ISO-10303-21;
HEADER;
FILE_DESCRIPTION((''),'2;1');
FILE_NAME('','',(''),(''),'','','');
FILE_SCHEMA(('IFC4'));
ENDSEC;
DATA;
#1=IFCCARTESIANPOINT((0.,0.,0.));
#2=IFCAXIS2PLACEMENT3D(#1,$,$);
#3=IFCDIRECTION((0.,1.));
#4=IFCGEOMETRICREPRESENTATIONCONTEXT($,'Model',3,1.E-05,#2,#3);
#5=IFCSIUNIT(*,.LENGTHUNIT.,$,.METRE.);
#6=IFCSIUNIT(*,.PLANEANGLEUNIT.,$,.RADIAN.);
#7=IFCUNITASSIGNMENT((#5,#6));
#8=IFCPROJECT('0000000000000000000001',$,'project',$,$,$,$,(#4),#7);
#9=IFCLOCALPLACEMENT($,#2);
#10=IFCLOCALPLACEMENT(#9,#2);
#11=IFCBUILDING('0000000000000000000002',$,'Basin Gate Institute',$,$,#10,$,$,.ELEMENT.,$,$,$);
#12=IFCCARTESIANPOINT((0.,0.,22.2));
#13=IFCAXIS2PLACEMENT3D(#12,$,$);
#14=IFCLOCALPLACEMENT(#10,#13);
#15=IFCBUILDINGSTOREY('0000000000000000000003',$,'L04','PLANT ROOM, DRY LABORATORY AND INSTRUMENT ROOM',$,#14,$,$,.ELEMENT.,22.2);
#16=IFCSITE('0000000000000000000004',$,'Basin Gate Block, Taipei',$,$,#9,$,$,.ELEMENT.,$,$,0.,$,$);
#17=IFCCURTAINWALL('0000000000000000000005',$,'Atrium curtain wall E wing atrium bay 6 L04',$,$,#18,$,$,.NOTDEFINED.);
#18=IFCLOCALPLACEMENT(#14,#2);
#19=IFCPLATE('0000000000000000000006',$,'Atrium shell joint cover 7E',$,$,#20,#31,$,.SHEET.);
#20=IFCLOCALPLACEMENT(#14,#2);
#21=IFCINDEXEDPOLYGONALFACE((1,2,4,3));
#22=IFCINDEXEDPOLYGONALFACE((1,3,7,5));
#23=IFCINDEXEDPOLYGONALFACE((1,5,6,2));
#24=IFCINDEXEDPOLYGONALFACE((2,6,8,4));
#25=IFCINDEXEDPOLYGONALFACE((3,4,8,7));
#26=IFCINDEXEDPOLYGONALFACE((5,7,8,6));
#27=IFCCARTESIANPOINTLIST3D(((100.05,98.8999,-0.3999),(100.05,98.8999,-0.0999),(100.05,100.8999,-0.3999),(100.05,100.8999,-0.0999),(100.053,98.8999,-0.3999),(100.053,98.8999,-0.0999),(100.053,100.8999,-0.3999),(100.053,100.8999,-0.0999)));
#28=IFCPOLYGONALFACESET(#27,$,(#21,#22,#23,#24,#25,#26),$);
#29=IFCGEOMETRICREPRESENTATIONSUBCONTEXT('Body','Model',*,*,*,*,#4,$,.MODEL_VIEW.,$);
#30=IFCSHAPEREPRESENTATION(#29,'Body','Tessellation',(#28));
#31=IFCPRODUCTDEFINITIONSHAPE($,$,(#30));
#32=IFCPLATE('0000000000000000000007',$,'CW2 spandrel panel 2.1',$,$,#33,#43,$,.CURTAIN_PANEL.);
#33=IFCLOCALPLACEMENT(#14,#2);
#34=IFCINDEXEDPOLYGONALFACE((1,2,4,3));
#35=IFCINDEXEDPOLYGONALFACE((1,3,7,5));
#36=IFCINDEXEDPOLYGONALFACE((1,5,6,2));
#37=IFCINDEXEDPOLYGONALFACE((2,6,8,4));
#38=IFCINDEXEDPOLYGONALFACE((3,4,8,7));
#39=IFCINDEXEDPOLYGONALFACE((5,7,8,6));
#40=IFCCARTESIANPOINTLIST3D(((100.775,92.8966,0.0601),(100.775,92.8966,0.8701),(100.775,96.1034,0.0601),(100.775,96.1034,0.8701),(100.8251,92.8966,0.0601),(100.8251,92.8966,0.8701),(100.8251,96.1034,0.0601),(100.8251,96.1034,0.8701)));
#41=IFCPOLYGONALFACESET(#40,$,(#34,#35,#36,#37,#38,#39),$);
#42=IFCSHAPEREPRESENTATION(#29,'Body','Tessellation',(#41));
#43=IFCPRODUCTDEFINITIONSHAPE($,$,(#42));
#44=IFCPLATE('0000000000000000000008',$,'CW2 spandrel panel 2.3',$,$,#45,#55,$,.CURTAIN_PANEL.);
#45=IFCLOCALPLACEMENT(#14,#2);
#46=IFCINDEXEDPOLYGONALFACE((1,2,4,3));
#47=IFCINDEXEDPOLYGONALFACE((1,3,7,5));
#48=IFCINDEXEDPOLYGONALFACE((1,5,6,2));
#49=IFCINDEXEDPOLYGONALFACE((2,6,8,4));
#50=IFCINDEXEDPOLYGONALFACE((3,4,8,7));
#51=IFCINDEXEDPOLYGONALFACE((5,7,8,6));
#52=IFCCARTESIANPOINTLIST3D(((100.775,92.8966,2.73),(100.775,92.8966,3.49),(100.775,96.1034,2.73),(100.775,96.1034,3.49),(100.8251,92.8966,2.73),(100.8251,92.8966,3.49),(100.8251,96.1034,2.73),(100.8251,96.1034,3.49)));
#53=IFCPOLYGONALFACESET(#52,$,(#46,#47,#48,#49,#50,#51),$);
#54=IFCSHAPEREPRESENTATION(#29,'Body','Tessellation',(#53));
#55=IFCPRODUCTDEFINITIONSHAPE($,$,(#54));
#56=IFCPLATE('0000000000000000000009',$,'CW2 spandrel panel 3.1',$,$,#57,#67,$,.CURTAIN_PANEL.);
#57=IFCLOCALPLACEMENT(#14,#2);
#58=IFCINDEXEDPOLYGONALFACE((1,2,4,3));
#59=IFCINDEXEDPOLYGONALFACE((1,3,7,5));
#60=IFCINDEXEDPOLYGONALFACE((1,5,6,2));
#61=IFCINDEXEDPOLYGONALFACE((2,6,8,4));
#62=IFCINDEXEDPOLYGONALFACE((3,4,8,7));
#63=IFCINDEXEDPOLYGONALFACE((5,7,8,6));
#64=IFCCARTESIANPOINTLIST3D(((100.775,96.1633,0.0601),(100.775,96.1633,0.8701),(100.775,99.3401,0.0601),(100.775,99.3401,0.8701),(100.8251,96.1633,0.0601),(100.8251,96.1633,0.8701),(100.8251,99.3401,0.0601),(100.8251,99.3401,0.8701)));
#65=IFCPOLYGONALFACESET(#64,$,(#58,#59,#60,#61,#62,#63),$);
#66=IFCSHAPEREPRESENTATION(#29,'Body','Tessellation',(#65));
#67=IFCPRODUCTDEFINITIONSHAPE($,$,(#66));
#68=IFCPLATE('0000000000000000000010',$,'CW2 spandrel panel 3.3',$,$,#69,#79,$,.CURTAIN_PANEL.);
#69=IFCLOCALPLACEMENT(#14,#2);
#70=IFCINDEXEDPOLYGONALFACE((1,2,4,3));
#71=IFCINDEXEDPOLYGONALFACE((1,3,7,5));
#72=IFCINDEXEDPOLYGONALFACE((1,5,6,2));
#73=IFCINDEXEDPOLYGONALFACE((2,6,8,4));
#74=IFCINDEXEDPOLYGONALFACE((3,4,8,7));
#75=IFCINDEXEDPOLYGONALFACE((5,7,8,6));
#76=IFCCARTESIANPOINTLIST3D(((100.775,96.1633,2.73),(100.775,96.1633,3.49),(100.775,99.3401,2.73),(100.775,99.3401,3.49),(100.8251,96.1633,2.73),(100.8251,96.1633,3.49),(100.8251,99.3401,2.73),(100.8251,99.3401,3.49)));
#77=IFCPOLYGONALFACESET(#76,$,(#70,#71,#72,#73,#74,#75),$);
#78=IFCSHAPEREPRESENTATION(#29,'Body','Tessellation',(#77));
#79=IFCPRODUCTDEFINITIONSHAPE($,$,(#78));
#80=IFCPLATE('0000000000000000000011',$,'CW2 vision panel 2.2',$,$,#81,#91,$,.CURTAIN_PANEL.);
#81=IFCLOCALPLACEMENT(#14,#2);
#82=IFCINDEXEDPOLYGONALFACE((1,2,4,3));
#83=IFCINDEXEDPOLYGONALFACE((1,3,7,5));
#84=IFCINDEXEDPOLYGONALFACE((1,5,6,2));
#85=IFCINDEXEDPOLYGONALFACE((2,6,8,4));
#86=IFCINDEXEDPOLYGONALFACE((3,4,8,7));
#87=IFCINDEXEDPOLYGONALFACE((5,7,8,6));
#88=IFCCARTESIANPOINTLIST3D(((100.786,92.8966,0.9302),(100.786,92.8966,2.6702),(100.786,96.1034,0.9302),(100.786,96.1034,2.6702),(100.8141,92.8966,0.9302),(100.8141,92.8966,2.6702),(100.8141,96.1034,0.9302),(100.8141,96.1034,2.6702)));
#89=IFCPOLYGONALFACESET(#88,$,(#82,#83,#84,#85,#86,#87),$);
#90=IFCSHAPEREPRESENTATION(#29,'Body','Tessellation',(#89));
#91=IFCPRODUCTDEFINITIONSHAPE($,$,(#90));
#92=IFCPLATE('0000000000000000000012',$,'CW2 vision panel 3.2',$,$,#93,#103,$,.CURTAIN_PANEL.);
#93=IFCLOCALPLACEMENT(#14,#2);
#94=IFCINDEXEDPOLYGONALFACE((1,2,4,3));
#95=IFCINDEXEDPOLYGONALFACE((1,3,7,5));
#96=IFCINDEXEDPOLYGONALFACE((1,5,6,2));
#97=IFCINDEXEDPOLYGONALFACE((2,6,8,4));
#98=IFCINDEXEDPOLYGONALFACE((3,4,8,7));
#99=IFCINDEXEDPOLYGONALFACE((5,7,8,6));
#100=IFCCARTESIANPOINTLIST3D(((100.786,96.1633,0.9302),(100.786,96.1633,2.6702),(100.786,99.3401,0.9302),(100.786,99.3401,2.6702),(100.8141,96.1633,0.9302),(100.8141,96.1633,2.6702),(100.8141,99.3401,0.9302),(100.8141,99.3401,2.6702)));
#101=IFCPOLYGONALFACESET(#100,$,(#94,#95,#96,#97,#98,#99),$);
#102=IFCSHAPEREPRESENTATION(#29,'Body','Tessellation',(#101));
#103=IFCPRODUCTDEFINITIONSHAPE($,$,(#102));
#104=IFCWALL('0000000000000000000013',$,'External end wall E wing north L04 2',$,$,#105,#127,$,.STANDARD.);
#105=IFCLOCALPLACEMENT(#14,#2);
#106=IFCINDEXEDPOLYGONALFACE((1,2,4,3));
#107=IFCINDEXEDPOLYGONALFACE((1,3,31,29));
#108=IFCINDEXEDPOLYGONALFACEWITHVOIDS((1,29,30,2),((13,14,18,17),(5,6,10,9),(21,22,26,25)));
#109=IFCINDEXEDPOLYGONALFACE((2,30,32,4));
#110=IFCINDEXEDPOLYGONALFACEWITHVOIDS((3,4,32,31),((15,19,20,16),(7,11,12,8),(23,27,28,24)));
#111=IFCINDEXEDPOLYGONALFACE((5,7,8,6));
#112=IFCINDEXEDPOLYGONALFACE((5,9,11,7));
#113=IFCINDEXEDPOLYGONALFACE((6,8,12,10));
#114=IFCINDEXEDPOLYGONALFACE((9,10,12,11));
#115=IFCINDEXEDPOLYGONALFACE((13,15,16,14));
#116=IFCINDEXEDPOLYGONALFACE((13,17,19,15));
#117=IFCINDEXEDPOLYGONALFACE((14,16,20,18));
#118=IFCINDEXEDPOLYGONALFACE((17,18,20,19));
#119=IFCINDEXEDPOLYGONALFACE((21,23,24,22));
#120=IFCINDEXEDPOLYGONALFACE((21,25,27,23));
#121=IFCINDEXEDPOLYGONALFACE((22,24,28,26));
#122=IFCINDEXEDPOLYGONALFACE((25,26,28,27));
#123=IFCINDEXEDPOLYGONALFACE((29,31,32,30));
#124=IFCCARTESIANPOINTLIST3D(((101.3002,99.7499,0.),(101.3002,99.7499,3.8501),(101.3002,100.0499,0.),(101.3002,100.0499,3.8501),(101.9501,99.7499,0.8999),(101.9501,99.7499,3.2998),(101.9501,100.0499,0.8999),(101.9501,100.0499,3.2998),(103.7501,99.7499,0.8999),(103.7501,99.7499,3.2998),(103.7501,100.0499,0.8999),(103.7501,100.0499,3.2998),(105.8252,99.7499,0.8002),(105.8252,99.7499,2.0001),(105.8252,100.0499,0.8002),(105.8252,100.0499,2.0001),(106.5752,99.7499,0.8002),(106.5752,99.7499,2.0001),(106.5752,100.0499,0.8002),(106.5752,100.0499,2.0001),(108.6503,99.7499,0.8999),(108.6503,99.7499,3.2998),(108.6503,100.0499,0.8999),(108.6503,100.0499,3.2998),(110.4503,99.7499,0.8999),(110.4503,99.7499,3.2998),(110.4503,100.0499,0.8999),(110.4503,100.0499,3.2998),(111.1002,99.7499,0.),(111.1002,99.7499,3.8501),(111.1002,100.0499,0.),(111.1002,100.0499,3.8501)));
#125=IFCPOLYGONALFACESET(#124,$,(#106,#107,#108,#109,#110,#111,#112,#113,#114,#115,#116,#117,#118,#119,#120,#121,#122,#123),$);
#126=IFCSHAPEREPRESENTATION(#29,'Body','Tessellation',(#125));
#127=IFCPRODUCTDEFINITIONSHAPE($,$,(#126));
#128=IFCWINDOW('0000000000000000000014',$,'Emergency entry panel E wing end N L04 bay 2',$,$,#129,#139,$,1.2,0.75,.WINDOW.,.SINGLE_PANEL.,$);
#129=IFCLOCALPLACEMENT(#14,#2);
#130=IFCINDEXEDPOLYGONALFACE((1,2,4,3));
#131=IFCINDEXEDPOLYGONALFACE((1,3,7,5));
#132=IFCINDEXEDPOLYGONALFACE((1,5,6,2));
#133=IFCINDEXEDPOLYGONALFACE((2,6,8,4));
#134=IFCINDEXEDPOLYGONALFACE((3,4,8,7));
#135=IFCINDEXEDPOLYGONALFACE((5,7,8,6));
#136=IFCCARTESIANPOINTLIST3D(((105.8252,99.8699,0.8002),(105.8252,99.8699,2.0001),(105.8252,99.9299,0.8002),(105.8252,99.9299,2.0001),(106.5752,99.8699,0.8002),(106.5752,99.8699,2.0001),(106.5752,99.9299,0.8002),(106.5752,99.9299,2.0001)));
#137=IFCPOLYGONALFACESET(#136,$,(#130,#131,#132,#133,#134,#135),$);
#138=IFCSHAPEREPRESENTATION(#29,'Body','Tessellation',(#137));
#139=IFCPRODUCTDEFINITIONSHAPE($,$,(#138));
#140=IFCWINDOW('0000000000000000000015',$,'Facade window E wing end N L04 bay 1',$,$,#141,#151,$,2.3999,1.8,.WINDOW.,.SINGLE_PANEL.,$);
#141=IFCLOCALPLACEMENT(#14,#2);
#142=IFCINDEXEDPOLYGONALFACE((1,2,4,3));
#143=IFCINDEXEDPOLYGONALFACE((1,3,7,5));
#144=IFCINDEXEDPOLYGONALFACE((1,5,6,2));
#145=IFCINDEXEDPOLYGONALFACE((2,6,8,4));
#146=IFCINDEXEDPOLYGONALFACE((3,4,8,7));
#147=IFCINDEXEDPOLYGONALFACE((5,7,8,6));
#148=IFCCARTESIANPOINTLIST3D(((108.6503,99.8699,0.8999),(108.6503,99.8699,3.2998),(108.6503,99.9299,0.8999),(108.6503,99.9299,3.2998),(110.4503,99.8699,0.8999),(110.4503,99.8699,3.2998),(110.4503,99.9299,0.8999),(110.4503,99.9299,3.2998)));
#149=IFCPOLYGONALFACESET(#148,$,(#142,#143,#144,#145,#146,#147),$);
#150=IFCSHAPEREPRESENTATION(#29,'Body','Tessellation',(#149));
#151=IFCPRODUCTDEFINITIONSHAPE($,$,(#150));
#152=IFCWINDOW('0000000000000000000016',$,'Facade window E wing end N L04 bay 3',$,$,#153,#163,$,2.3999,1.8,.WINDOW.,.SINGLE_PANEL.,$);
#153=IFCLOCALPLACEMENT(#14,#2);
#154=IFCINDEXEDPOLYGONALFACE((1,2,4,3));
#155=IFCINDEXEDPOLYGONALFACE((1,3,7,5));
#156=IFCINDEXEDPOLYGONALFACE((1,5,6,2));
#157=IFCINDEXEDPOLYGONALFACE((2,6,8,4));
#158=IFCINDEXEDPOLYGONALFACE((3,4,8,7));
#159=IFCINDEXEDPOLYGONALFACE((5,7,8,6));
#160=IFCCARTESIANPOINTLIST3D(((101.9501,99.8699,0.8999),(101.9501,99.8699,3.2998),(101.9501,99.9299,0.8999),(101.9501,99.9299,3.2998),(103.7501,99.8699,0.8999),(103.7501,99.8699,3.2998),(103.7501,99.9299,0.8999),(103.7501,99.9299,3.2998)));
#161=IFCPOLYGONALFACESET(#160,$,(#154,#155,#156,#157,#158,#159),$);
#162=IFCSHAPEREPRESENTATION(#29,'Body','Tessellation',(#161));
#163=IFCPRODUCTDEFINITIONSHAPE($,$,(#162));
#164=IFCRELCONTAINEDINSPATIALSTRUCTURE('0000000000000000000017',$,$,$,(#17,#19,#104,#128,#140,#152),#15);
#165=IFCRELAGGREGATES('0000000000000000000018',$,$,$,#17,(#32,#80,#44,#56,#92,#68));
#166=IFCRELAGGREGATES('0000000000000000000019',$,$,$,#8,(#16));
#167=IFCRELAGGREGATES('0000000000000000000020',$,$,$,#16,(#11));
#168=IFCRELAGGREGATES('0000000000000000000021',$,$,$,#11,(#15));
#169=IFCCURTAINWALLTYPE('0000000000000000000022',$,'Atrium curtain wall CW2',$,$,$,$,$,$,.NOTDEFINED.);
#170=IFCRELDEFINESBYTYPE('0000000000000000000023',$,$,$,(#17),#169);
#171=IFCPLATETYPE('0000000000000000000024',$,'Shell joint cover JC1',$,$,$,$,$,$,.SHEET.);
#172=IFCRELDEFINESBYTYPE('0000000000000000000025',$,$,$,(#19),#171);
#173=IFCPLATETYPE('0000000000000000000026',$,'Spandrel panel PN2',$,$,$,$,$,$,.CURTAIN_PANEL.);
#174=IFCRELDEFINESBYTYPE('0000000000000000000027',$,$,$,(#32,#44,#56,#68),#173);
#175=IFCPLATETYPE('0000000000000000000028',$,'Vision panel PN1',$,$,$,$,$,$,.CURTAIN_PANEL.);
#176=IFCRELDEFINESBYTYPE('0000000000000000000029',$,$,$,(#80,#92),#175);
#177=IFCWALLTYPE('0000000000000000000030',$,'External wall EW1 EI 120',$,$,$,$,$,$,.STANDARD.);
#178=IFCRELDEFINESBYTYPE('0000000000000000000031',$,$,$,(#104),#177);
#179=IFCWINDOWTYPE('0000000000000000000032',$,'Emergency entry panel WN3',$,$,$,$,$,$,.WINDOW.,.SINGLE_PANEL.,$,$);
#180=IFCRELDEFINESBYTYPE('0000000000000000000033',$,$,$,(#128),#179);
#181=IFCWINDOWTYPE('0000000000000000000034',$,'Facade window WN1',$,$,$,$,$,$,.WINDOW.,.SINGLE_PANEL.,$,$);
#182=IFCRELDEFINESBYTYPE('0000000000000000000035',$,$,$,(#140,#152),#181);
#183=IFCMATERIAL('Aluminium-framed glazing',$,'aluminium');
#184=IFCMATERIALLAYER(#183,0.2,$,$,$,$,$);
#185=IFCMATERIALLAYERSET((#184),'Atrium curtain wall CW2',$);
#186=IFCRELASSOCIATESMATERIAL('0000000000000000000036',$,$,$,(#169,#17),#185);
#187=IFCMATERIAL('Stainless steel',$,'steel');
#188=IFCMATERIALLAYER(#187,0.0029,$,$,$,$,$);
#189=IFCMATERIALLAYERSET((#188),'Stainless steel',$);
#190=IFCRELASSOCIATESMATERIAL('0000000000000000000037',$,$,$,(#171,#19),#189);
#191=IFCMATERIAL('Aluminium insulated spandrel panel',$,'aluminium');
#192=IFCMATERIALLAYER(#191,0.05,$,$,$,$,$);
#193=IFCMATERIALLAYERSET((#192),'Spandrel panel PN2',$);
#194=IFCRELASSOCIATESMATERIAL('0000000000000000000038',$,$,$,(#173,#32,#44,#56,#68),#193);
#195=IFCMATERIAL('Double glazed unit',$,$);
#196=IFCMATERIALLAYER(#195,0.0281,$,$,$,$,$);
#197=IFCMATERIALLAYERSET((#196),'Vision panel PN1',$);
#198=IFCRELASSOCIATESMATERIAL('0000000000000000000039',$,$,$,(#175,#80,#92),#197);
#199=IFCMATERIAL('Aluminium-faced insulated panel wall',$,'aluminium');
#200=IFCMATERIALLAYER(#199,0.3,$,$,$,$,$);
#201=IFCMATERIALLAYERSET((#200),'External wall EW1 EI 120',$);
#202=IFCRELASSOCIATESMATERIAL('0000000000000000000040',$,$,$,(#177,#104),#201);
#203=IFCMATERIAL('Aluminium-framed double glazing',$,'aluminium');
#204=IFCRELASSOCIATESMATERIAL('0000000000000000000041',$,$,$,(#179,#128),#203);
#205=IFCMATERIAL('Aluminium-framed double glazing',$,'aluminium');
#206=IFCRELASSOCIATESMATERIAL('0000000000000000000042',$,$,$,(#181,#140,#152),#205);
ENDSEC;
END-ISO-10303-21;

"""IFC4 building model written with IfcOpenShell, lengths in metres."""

from ifc_helpers import new_model, si_unit, direction, frame, frame_2d, origin, origin_2d, place, context, subcontext, project, spatial, rectangle, extrude, material, layer, layer_set, type_object, element, fill, aggregate, save


model = new_model("IFC4")

# Units and contexts
model_context = context("Model", 3, precision=1e-05, world=origin(), true_north=direction((0.0, 1.0)))
body_context = subcontext(model_context, "Body", "Model", "MODEL_VIEW")
ifc_project = project(units=[si_unit("LENGTHUNIT", "METRE"), si_unit("PLANEANGLEUNIT", "RADIAN")], contexts=[model_context])

# Site, building, storey
site_placement = place(None, origin())
site = spatial("IfcSite", under=ifc_project, at=site_placement, Name="Basin Gate Block, Taipei", CompositionType="ELEMENT", RefElevation=0.0)
building_placement = place(site_placement, origin())
building = spatial("IfcBuilding", under=site, at=building_placement, Name="Basin Gate Institute", CompositionType="ELEMENT")
storey_placement = place(building_placement, frame((0.0, 0.0, 22.2)))
storey = spatial("IfcBuildingStorey", under=building, at=storey_placement, Name="L04", Description="PLANT ROOM, DRY LABORATORY AND INSTRUMENT ROOM", CompositionType="ELEMENT", Elevation=22.2)

# Curtain wall
ifc_material_1 = material(Name="Aluminium-framed glazing", Category="aluminium")
ifc_layer_1 = layer(ifc_material_1, 0.2)
ifc_layer_set_1 = layer_set([ifc_layer_1], Name="Atrium curtain wall CW2")
curtain_wall_type = type_object("IfcCurtainWallType", Name="Atrium curtain wall CW2", PredefinedType="NOTDEFINED", material=ifc_layer_set_1)
curtain_wall_placement = place(storey_placement, origin())
curtain_wall = element("IfcCurtainWall", 1, at=curtain_wall_placement, inside=storey, type_object=curtain_wall_type, material=ifc_layer_set_1, Name="Atrium curtain wall E wing atrium bay 6 L04", PredefinedType="NOTDEFINED")

# Plates
ifc_material_2 = material(Name="Stainless steel", Category="steel")
ifc_layer_2 = layer(ifc_material_2, 0.0029)
ifc_layer_set_2 = layer_set([ifc_layer_2], Name="Stainless steel")
plate_type_1 = type_object("IfcPlateType", Name="Shell joint cover JC1", PredefinedType="SHEET", material=ifc_layer_set_2)
plate_1_placement = place(storey_placement, frame((100.0515, 99.8999, -0.3999), z_axis=(0.0, 0.0, 1.0), x_axis=(1.0, 0.0, 0.0)))
element("IfcPlate", 2, at=plate_1_placement, inside=storey, type_object=plate_type_1, material=ifc_layer_set_2, Name="Atrium shell joint cover 7E", PredefinedType="SHEET", context=body_context, shape_type="SweptSolid", body=[
    extrude(rectangle(XDim=0.0029, YDim=2.0, at=origin_2d()), origin(), (0.0, 0.0, 1.0), 0.3),
])
ifc_material_3 = material(Name="Aluminium insulated spandrel panel", Category="aluminium")
ifc_layer_3 = layer(ifc_material_3, 0.05)
ifc_layer_set_3 = layer_set([ifc_layer_3], Name="Spandrel panel PN2")
plate_type_2 = type_object("IfcPlateType", Name="Spandrel panel PN2", PredefinedType="CURTAIN_PANEL", material=ifc_layer_set_3)
plate_2_placement = place(storey_placement, frame((100.8, 94.5, 0.0601), z_axis=(0.0, 0.0, 1.0), x_axis=(0.0, 1.0, 0.0)))
plate_2 = element("IfcPlate", 3, at=plate_2_placement, type_object=plate_type_2, material=ifc_layer_set_3, Name="CW2 spandrel panel 2.1", PredefinedType="CURTAIN_PANEL", context=body_context, shape_type="SweptSolid", body=[
    extrude(rectangle(XDim=3.2068, YDim=0.05, at=origin_2d()), origin(), (0.0, 0.0, 1.0), 0.8101),
])
plate_3_placement = place(storey_placement, frame((100.8, 94.5, 2.73), z_axis=(0.0, 0.0, 1.0), x_axis=(0.0, 1.0, 0.0)))
plate_3 = element("IfcPlate", 4, at=plate_3_placement, type_object=plate_type_2, material=ifc_layer_set_3, Name="CW2 spandrel panel 2.3", PredefinedType="CURTAIN_PANEL", context=body_context, shape_type="SweptSolid", body=[
    extrude(rectangle(XDim=3.2068, YDim=0.05, at=origin_2d()), origin(), (0.0, 0.0, 1.0), 0.76),
])
plate_4_placement = place(storey_placement, frame((100.8, 97.7517, 0.0601), z_axis=(0.0, 0.0, 1.0), x_axis=(0.0, 1.0, 0.0)))
plate_4 = element("IfcPlate", 5, at=plate_4_placement, type_object=plate_type_2, material=ifc_layer_set_3, Name="CW2 spandrel panel 3.1", PredefinedType="CURTAIN_PANEL", context=body_context, shape_type="SweptSolid", body=[
    extrude(rectangle(XDim=3.1768, YDim=0.05, at=origin_2d()), origin(), (0.0, 0.0, 1.0), 0.8101),
])
plate_5_placement = place(storey_placement, frame((100.8, 97.7517, 2.73), z_axis=(0.0, 0.0, 1.0), x_axis=(0.0, 1.0, 0.0)))
plate_5 = element("IfcPlate", 6, at=plate_5_placement, type_object=plate_type_2, material=ifc_layer_set_3, Name="CW2 spandrel panel 3.3", PredefinedType="CURTAIN_PANEL", context=body_context, shape_type="SweptSolid", body=[
    extrude(rectangle(XDim=3.1768, YDim=0.05, at=origin_2d()), origin(), (0.0, 0.0, 1.0), 0.76),
])
ifc_material_4 = material(Name="Double glazed unit")
ifc_layer_4 = layer(ifc_material_4, 0.0281)
ifc_layer_set_4 = layer_set([ifc_layer_4], Name="Vision panel PN1")
plate_type_3 = type_object("IfcPlateType", Name="Vision panel PN1", PredefinedType="CURTAIN_PANEL", material=ifc_layer_set_4)
plate_6_placement = place(storey_placement, frame((100.8, 94.5, 0.9302), z_axis=(0.0, 0.0, 1.0), x_axis=(0.0, 1.0, 0.0)))
plate_6 = element("IfcPlate", 7, at=plate_6_placement, type_object=plate_type_3, material=ifc_layer_set_4, Name="CW2 vision panel 2.2", PredefinedType="CURTAIN_PANEL", context=body_context, shape_type="SweptSolid", body=[
    extrude(rectangle(XDim=3.2068, YDim=0.0281, at=origin_2d()), origin(), (0.0, 0.0, 1.0), 1.74),
])
plate_7_placement = place(storey_placement, frame((100.8, 97.7517, 0.9302), z_axis=(0.0, 0.0, 1.0), x_axis=(0.0, 1.0, 0.0)))
plate_7 = element("IfcPlate", 8, at=plate_7_placement, type_object=plate_type_3, material=ifc_layer_set_4, Name="CW2 vision panel 3.2", PredefinedType="CURTAIN_PANEL", context=body_context, shape_type="SweptSolid", body=[
    extrude(rectangle(XDim=3.1768, YDim=0.0281, at=origin_2d()), origin(), (0.0, 0.0, 1.0), 1.74),
])
aggregate(curtain_wall, [plate_2, plate_6, plate_3, plate_4, plate_7, plate_5])

# Wall, openings, windows
ifc_material_5 = material(Name="Aluminium-faced insulated panel wall", Category="aluminium")
ifc_layer_5 = layer(ifc_material_5, 0.3)
ifc_layer_set_5 = layer_set([ifc_layer_5], Name="External wall EW1 EI 120")
wall_type = type_object("IfcWallType", Name="External wall EW1 EI 120", PredefinedType="STANDARD", material=ifc_layer_set_5)
wall_placement = place(storey_placement, frame((111.1001, 99.8999, 0.0), z_axis=(0.0, 0.0, 1.0), x_axis=(-1.0, 0.0, 0.0)))
wall = element("IfcWall", 9, at=wall_placement, inside=storey, type_object=wall_type, material=ifc_layer_set_5, Name="External end wall E wing north L04 2", PredefinedType="STANDARD", context=body_context, shape_type="SweptSolid", body=[
    extrude(rectangle(XDim=9.8, YDim=0.3, at=frame_2d((4.8999, 0.0))), origin(), (0.0, 0.0, 1.0), 3.8501),
])
opening_1_placement = place(wall_placement, frame((0.6499, 0.0, 0.8999)))
opening_1 = element("IfcOpeningElement", 10, at=opening_1_placement, cuts=wall, PredefinedType="OPENING", context=body_context, shape_type="SweptSolid", body=[
    extrude(rectangle(XDim=1.8, YDim=2.3999, at=frame_2d((0.8999, 1.2))), frame((0.0, 0.1602, 0.0), z_axis=(0.0, -1.0, 0.0), x_axis=(1.0, 0.0, 0.0)), (0.0, 0.0, 1.0), 0.3201),
])
opening_2_placement = place(wall_placement, frame((4.5249, 0.0, 0.8)))
opening_2 = element("IfcOpeningElement", 11, at=opening_2_placement, cuts=wall, PredefinedType="OPENING", context=body_context, shape_type="SweptSolid", body=[
    extrude(rectangle(XDim=0.75, YDim=1.2, at=frame_2d((0.375, 0.6001))), frame((0.0, 0.1602, 0.0), z_axis=(0.0, -1.0, 0.0), x_axis=(1.0, 0.0, 0.0)), (0.0, 0.0, 1.0), 0.3201),
])
opening_3_placement = place(wall_placement, frame((7.3501, 0.0, 0.8999)))
opening_3 = element("IfcOpeningElement", 12, at=opening_3_placement, cuts=wall, PredefinedType="OPENING", context=body_context, shape_type="SweptSolid", body=[
    extrude(rectangle(XDim=1.8, YDim=2.3999, at=frame_2d((0.8999, 1.2))), frame((0.0, 0.1602, 0.0), z_axis=(0.0, -1.0, 0.0), x_axis=(1.0, 0.0, 0.0)), (0.0, 0.0, 1.0), 0.3201),
])
ifc_material_6 = material(Name="Aluminium-framed double glazing", Category="aluminium")
window_type_1 = type_object("IfcWindowType", Name="Emergency entry panel WN3", PartitioningType="SINGLE_PANEL", PredefinedType="WINDOW", material=ifc_material_6)
window_1_placement = place(opening_2_placement, origin())
window_1 = element("IfcWindow", 13, at=window_1_placement, inside=storey, type_object=window_type_1, material=ifc_material_6, Name="Emergency entry panel E wing end N L04 bay 2", OverallHeight=1.2, OverallWidth=0.75, PartitioningType="SINGLE_PANEL", PredefinedType="WINDOW", context=body_context, shape_type="SweptSolid", body=[
    extrude(rectangle(XDim=0.75, YDim=1.2, at=frame_2d((0.375, 0.6001))), frame((0.0, 0.03, 0.0), z_axis=(0.0, -1.0, 0.0), x_axis=(1.0, 0.0, 0.0)), (0.0, 0.0, 1.0), 0.0601),
])
fill(opening_2, window_1)
ifc_material_7 = material(Name="Aluminium-framed double glazing", Category="aluminium")
window_type_2 = type_object("IfcWindowType", Name="Facade window WN1", PartitioningType="SINGLE_PANEL", PredefinedType="WINDOW", material=ifc_material_7)
window_2_placement = place(opening_1_placement, origin())
window_2 = element("IfcWindow", 14, at=window_2_placement, inside=storey, type_object=window_type_2, material=ifc_material_7, Name="Facade window E wing end N L04 bay 1", OverallHeight=2.3999, OverallWidth=1.8, PartitioningType="SINGLE_PANEL", PredefinedType="WINDOW", context=body_context, shape_type="SweptSolid", body=[
    extrude(rectangle(XDim=1.8, YDim=2.3999, at=frame_2d((0.8999, 1.2))), frame((0.0, 0.03, 0.0), z_axis=(0.0, -1.0, 0.0), x_axis=(1.0, 0.0, 0.0)), (0.0, 0.0, 1.0), 0.0601),
])
fill(opening_1, window_2)
window_3_placement = place(opening_3_placement, origin())
window_3 = element("IfcWindow", 15, at=window_3_placement, inside=storey, type_object=window_type_2, material=ifc_material_7, Name="Facade window E wing end N L04 bay 3", OverallHeight=2.3999, OverallWidth=1.8, PartitioningType="SINGLE_PANEL", PredefinedType="WINDOW", context=body_context, shape_type="SweptSolid", body=[
    extrude(rectangle(XDim=1.8, YDim=2.3999, at=frame_2d((0.8999, 1.2))), frame((0.0, 0.03, 0.0), z_axis=(0.0, -1.0, 0.0), x_axis=(1.0, 0.0, 0.0)), (0.0, 0.0, 1.0), 0.0601),
])
fill(opening_3, window_3)

save(model, "model.ifc")
